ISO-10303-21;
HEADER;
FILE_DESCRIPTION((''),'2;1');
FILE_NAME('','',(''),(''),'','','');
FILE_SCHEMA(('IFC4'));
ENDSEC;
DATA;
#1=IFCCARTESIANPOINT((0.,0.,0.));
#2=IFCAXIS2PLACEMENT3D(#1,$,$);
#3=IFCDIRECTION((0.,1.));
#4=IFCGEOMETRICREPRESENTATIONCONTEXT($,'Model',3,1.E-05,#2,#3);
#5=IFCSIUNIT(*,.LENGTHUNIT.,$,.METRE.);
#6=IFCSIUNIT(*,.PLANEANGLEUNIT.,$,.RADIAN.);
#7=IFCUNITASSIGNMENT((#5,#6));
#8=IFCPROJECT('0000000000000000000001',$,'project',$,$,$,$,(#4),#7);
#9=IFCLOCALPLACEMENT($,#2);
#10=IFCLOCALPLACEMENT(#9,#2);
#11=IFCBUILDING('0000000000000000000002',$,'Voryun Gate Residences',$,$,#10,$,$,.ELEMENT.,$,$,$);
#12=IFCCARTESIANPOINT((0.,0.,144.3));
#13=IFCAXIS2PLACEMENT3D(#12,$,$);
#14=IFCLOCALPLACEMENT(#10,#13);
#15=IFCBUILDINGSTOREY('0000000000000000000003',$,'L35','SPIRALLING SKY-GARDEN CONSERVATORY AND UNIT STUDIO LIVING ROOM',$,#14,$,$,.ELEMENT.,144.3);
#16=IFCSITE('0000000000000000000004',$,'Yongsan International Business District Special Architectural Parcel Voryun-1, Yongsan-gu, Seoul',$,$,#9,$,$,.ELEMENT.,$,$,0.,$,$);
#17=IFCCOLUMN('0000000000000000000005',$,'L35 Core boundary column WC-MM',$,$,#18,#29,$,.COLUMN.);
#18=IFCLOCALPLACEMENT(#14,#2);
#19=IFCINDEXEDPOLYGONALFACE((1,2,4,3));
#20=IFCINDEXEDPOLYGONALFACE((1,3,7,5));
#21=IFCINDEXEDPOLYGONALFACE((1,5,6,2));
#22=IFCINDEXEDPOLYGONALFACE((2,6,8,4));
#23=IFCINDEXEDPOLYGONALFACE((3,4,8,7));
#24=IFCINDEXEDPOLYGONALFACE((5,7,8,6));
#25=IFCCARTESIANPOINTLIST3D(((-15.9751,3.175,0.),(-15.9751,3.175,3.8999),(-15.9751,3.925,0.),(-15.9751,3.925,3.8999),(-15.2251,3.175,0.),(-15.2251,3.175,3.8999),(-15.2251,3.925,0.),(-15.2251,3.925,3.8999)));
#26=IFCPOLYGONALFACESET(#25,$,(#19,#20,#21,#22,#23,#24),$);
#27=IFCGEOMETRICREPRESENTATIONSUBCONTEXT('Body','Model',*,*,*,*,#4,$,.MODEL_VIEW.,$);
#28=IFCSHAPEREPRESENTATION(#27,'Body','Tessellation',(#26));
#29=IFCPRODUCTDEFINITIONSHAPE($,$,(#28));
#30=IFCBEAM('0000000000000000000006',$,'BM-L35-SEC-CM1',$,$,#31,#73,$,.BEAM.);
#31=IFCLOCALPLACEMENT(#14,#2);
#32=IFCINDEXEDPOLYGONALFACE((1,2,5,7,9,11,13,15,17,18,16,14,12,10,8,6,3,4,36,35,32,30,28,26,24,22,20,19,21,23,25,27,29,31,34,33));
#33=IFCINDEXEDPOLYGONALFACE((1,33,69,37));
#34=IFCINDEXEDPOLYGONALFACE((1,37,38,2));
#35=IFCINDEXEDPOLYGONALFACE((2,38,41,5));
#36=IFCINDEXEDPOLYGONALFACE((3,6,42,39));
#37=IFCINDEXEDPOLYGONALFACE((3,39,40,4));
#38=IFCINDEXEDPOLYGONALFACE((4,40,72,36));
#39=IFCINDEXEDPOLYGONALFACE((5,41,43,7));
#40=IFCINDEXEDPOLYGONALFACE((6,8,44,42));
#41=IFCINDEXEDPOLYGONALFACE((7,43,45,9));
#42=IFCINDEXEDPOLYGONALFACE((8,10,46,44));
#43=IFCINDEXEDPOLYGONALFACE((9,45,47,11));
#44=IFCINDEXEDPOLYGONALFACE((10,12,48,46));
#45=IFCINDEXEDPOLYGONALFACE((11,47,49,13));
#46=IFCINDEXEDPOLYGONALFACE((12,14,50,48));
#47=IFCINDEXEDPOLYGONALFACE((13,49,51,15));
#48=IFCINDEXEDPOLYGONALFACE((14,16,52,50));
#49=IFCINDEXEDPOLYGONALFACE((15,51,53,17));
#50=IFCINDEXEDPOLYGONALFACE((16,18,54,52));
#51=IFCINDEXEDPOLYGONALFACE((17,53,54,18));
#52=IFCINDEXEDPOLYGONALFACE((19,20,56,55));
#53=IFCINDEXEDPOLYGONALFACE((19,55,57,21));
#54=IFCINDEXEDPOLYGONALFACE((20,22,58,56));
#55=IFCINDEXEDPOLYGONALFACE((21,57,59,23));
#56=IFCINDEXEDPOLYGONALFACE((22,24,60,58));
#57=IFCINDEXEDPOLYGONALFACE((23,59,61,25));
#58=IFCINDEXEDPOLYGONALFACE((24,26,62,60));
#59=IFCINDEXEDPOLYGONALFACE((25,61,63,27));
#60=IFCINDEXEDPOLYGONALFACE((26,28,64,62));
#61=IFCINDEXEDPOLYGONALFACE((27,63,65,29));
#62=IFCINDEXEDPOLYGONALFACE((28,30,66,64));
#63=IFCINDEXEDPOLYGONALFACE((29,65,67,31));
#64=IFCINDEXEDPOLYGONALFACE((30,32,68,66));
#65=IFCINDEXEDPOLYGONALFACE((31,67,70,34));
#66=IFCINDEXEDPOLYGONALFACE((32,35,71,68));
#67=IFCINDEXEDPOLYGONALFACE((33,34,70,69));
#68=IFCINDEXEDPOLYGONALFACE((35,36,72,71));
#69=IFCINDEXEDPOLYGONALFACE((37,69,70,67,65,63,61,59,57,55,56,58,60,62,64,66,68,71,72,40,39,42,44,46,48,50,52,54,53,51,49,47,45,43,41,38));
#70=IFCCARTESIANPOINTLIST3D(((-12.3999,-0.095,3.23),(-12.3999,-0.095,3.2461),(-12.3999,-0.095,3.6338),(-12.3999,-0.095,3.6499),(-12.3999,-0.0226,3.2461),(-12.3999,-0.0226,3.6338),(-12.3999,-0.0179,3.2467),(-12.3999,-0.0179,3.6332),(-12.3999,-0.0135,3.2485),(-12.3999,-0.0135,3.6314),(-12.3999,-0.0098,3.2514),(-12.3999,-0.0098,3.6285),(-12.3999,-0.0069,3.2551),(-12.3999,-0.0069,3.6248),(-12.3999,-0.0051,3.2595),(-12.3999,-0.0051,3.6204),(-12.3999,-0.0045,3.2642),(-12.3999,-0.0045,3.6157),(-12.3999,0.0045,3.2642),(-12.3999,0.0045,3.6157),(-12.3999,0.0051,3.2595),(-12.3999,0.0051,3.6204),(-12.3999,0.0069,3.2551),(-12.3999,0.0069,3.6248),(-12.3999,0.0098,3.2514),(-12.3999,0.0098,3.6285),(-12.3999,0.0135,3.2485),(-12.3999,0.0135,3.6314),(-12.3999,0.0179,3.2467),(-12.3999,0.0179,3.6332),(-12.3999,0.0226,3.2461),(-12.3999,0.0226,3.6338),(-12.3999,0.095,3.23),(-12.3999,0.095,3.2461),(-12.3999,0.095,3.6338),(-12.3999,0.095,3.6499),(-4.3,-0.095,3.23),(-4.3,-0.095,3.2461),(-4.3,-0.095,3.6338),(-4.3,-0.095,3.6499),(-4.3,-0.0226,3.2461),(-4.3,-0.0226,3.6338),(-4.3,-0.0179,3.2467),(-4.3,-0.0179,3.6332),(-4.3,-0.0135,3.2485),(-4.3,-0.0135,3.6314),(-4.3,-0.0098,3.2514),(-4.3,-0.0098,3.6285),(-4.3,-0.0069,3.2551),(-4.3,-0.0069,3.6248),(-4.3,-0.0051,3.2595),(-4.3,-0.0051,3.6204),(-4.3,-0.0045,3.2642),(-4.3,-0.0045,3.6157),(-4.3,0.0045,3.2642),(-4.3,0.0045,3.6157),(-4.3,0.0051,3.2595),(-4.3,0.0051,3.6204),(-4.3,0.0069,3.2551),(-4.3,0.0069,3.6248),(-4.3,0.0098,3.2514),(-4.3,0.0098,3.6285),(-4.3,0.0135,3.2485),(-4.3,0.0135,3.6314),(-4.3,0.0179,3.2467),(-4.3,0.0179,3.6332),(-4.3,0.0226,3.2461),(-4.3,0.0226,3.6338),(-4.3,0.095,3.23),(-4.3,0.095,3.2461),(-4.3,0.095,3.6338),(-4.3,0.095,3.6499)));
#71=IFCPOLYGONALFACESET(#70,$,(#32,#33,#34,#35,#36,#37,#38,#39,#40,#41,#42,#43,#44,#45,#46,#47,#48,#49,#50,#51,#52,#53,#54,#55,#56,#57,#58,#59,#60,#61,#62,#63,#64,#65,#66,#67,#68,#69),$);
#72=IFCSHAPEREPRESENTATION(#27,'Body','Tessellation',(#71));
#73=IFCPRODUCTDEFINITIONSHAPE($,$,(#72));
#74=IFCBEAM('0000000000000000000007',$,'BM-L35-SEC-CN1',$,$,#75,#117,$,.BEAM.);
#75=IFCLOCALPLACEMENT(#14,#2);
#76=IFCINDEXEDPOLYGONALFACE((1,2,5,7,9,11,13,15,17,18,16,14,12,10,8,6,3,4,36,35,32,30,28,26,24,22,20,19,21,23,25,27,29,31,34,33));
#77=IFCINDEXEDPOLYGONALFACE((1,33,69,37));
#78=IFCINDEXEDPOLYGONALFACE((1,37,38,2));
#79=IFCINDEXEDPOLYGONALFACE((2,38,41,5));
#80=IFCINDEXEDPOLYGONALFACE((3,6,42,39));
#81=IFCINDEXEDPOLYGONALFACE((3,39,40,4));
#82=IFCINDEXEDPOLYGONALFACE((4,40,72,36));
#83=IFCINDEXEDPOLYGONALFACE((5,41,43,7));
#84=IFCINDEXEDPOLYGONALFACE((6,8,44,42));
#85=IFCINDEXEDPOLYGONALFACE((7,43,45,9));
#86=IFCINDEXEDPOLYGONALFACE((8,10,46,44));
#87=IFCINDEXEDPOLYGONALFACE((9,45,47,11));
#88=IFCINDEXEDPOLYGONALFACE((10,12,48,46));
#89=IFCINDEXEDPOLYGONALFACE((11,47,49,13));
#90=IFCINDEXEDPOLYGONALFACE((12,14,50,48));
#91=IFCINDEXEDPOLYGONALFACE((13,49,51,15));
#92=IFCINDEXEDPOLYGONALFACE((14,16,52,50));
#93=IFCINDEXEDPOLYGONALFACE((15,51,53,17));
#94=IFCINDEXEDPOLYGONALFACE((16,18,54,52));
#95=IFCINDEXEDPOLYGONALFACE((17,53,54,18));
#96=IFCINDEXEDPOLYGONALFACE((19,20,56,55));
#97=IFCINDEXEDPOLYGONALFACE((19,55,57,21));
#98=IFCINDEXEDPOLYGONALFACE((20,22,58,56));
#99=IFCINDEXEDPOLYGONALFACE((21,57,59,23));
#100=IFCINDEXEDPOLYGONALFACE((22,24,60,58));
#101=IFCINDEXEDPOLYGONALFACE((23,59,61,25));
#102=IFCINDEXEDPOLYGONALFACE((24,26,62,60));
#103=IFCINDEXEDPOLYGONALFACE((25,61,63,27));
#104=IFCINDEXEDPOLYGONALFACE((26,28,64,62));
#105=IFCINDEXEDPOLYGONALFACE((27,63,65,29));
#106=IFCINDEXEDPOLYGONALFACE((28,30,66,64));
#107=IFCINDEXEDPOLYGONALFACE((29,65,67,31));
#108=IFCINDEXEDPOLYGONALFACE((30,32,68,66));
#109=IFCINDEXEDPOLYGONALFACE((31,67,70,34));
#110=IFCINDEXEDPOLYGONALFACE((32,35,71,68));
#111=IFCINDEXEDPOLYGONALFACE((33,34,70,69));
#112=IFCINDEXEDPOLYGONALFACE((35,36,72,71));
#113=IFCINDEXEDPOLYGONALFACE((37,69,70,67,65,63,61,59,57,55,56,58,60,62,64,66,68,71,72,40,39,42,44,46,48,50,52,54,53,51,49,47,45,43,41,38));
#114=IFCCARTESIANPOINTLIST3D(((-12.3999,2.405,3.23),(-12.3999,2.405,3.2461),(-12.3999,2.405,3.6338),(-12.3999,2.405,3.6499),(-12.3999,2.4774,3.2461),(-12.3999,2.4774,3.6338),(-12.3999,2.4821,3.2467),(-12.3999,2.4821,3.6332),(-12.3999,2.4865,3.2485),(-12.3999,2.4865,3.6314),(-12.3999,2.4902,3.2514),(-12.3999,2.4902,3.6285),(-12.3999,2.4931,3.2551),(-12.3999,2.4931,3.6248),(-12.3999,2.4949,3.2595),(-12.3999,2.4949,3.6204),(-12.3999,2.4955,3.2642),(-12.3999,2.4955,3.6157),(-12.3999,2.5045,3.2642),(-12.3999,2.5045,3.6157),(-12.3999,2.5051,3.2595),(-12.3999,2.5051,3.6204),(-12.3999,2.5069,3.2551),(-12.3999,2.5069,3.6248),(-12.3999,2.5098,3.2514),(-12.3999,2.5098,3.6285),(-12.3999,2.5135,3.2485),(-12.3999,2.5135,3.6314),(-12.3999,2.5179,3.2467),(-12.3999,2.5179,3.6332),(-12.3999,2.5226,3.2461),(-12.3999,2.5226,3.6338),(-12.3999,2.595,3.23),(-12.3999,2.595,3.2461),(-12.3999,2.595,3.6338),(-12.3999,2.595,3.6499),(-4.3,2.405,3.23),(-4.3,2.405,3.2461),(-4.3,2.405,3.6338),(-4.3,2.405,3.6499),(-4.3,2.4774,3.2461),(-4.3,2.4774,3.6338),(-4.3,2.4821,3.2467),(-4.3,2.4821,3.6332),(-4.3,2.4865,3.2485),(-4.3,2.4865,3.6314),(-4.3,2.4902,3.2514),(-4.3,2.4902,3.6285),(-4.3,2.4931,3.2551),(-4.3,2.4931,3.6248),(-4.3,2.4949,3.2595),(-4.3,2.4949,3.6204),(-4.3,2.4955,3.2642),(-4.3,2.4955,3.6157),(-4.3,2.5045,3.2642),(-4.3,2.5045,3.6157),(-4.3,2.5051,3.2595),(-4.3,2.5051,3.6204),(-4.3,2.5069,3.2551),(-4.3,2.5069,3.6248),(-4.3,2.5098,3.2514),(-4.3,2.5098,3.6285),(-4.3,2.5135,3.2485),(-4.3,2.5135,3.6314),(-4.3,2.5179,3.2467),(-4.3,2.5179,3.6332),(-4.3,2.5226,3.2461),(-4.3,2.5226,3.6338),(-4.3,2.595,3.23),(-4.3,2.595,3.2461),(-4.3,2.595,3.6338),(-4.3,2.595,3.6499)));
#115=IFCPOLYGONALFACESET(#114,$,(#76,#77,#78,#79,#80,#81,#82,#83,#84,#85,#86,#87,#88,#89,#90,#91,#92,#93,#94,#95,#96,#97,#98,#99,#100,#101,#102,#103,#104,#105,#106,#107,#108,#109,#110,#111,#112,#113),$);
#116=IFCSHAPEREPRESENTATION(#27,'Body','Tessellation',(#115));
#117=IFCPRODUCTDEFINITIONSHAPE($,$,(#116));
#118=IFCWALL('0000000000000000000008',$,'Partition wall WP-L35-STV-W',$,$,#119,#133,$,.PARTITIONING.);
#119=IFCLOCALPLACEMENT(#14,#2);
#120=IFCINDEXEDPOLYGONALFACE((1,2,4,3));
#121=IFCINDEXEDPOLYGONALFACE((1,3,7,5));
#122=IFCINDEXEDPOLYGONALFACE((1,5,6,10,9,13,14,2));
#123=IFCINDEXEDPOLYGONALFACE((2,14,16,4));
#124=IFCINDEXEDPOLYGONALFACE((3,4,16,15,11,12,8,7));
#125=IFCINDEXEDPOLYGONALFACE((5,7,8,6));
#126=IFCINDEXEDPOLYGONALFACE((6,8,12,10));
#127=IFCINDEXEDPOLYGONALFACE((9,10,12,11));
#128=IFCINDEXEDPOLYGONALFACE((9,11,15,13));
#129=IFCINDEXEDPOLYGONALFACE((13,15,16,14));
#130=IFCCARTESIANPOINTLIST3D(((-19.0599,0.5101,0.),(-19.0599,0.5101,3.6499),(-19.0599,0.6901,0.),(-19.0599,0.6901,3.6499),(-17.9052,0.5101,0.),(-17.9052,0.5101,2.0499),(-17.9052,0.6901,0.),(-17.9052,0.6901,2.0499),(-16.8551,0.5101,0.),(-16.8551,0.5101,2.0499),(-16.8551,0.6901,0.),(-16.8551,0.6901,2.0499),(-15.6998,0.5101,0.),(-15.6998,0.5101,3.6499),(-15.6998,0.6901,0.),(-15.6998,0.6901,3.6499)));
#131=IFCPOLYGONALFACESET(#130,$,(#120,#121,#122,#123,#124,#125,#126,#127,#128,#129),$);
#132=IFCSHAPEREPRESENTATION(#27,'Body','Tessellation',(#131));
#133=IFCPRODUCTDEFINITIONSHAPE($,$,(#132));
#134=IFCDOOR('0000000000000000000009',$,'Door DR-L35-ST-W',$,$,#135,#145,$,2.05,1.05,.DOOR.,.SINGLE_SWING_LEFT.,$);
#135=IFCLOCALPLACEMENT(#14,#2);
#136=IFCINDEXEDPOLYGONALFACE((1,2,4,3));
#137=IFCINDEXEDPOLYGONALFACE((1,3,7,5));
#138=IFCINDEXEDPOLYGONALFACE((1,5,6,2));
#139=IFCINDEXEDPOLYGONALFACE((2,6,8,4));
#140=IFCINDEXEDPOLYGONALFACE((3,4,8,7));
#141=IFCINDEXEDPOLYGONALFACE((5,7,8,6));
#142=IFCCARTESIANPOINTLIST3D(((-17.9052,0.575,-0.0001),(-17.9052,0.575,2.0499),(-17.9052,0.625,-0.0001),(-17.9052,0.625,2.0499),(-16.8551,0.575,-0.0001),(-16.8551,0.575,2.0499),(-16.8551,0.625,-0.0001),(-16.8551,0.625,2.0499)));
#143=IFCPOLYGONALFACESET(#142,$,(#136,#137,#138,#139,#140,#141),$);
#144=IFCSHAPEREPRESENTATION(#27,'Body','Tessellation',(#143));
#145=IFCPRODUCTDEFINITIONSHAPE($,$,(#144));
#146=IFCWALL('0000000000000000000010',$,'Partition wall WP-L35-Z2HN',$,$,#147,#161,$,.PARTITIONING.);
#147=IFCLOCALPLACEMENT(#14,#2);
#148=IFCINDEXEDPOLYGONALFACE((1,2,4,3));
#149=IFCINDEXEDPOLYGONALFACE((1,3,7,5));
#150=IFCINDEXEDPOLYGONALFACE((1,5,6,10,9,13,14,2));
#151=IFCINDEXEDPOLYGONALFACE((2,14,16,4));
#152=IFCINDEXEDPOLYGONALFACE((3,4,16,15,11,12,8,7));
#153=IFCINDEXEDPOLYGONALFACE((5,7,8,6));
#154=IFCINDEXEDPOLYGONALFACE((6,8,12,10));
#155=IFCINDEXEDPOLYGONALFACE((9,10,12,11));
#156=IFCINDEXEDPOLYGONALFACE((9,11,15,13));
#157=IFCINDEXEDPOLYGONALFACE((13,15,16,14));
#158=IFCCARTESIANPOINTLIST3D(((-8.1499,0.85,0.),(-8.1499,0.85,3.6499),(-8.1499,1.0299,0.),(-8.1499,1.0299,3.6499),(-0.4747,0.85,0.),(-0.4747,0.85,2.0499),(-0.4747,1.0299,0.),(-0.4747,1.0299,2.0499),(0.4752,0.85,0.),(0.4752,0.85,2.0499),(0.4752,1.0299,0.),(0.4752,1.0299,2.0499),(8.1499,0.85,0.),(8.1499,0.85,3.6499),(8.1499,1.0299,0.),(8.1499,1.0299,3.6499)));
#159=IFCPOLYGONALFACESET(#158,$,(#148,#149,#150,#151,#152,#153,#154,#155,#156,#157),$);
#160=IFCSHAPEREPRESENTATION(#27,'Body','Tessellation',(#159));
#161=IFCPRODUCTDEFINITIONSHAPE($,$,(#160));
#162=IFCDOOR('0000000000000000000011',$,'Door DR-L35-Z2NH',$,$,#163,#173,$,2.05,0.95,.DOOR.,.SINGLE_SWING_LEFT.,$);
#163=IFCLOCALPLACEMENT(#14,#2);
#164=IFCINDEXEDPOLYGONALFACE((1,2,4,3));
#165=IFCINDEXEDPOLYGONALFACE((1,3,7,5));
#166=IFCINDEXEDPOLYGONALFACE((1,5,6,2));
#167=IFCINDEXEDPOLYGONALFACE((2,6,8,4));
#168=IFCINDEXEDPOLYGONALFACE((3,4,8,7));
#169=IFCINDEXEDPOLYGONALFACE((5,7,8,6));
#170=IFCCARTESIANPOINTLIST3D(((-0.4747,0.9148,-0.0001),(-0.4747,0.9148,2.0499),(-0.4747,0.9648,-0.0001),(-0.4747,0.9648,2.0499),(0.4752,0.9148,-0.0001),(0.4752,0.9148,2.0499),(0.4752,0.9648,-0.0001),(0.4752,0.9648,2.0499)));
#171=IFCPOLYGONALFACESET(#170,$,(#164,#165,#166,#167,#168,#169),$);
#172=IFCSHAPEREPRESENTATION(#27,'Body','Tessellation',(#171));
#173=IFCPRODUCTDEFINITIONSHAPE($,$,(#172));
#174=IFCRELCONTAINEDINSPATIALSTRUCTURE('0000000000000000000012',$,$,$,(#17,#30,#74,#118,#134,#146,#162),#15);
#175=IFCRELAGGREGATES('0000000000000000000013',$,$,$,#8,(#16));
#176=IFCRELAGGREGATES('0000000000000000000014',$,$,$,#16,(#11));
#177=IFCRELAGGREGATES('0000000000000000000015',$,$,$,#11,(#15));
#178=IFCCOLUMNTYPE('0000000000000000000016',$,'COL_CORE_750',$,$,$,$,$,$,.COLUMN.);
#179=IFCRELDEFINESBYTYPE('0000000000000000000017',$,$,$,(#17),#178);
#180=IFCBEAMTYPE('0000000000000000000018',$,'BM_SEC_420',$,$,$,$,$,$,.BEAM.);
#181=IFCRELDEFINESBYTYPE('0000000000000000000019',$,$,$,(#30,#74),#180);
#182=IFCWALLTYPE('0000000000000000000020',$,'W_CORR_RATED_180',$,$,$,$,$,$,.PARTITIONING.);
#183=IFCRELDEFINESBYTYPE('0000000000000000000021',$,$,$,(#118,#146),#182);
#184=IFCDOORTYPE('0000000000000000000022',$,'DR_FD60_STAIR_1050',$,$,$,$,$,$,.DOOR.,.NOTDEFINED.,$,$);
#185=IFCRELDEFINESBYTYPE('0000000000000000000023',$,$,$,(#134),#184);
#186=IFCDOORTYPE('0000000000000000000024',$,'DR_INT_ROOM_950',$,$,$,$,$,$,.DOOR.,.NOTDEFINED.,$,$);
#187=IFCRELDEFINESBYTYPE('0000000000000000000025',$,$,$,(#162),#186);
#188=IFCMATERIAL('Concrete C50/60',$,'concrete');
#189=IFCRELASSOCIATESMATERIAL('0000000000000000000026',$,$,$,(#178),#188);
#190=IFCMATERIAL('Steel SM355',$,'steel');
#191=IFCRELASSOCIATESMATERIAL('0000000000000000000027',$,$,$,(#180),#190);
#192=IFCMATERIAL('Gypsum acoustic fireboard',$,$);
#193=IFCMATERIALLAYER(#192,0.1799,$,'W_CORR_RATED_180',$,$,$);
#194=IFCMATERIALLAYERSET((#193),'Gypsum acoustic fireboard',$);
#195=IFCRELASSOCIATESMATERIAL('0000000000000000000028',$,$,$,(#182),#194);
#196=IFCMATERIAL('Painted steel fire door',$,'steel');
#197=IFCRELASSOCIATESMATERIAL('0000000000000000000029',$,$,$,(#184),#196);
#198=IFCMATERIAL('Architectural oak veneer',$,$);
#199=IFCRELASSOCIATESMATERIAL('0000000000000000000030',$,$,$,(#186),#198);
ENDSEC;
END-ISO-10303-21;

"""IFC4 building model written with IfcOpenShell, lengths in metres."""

from ifc_helpers import new_model, si_unit, direction, frame, frame_2d, origin, origin_2d, place, context, subcontext, project, spatial, rectangle, i_section, extrude, material, layer, layer_set, material_profile, profile_set, type_object, element, fill, save


model = new_model("IFC4")

# Units and contexts
model_context = context("Model", 3, precision=1e-05, world=origin(), true_north=direction((0.0, 1.0)))
body_context = subcontext(model_context, "Body", "Model", "MODEL_VIEW")
ifc_project = project(units=[si_unit("LENGTHUNIT", "METRE"), si_unit("PLANEANGLEUNIT", "RADIAN")], contexts=[model_context])

# Site, building, storey
site_placement = place(None, origin())
site = spatial("IfcSite", under=ifc_project, at=site_placement, Name="Yongsan International Business District Special Architectural Parcel Voryun-1, Yongsan-gu, Seoul", CompositionType="ELEMENT", RefElevation=0.0)
building_placement = place(site_placement, origin())
building = spatial("IfcBuilding", under=site, at=building_placement, Name="Voryun Gate Residences", CompositionType="ELEMENT")
storey_placement = place(building_placement, frame((0.0, 0.0, 144.3)))
storey = spatial("IfcBuildingStorey", under=building, at=storey_placement, Name="L35", Description="SPIRALLING SKY-GARDEN CONSERVATORY AND UNIT STUDIO LIVING ROOM", CompositionType="ELEMENT", Elevation=144.3)

# Column
ifc_material_1 = material(Name="Concrete C50/60", Category="concrete")
ifc_material_profile_1 = material_profile(ifc_material_1, rectangle(XDim=0.75, YDim=0.75, at=origin_2d()), Name="RC-750x750")
ifc_profile_set_1 = profile_set([ifc_material_profile_1], Name="Concrete C50/60")
column_type = type_object("IfcColumnType", Name="COL_CORE_750", PredefinedType="COLUMN", material=ifc_profile_set_1)
column_placement = place(storey_placement, frame((-15.6001, 3.55, 0.0), z_axis=(0.0, 0.0, 1.0), x_axis=(1.0, 0.0, 0.0)))
element("IfcColumn", 1, at=column_placement, inside=storey, type_object=column_type, Name="L35 Core boundary column WC-MM", PredefinedType="COLUMN", context=body_context, shape_type="SweptSolid", body=[
    extrude(rectangle(XDim=0.75, YDim=0.75, at=origin_2d()), origin(), (0.0, 0.0, 1.0), 3.8999),
])

# Beams
ifc_material_2 = material(Name="Steel SM355", Category="steel")
ifc_material_profile_2 = material_profile(ifc_material_2, i_section(OverallWidth=0.1899, OverallDepth=0.4199, WebThickness=0.009, FlangeThickness=0.0161, FilletRadius=0.0181, at=origin_2d()), Name="H-420x190x9x16")
ifc_profile_set_2 = profile_set([ifc_material_profile_2], Name="Steel SM355")
beam_type = type_object("IfcBeamType", Name="BM_SEC_420", PredefinedType="BEAM", material=ifc_profile_set_2)
for number, where, z_axis, x_axis, name in (
    (2, (-12.3999, 0.0, 3.4399), (1.0, 0.0, 0.0), (0.0, 1.0, 0.0), "BM-L35-SEC-CM1"),
    (3, (-12.3999, 2.5, 3.4399), (1.0, 0.0, 0.0), (0.0, 1.0, 0.0), "BM-L35-SEC-CN1"),
):
    element("IfcBeam", number, at=place(storey_placement, frame(where, z_axis=z_axis, x_axis=x_axis)), inside=storey, type_object=beam_type, Name=name, PredefinedType="BEAM", context=body_context, shape_type="SweptSolid", body=[
        extrude(i_section(OverallWidth=0.1899, OverallDepth=0.4199, WebThickness=0.009, FlangeThickness=0.0161, FilletRadius=0.0181, at=origin_2d()), origin(), (0.0, 0.0, 1.0), 8.0999),
    ])

# Walls, openings, doors
ifc_material_3 = material(Name="Gypsum acoustic fireboard")
ifc_layer_1 = layer(ifc_material_3, 0.1799, Name="W_CORR_RATED_180")
ifc_layer_set_1 = layer_set([ifc_layer_1], Name="Gypsum acoustic fireboard")
wall_type_1 = type_object("IfcWallType", Name="W_CORR_RATED_180", PredefinedType="PARTITIONING", material=ifc_layer_set_1)
wall_1_placement = place(storey_placement, frame((-19.0601, 0.6001, 0.0), z_axis=(0.0, 0.0, 1.0), x_axis=(1.0, 0.0, 0.0)))
wall_1 = element("IfcWall", 4, at=wall_1_placement, inside=storey, type_object=wall_type_1, Name="Partition wall WP-L35-STV-W", PredefinedType="PARTITIONING", context=body_context, shape_type="SweptSolid", body=[
    extrude(rectangle(XDim=3.3601, YDim=0.1799, at=frame_2d((1.6802, 0.0))), origin(), (0.0, 0.0, 1.0), 3.6499),
])
opening_1_placement = place(wall_1_placement, frame((1.155, 0.0, 0.0)))
opening_1 = element("IfcOpeningElement", 5, at=opening_1_placement, cuts=wall_1, PredefinedType="OPENING", context=body_context, shape_type="SweptSolid", body=[
    extrude(rectangle(XDim=1.05, YDim=2.05, at=frame_2d((0.5249, 1.0249))), frame((0.0, 0.0999, 0.0), z_axis=(0.0, -1.0, 0.0), x_axis=(1.0, 0.0, 0.0)), (0.0, 0.0, 1.0), 0.2),
])
ifc_material_4 = material(Name="Painted steel fire door", Category="steel")
door_type_1 = type_object("IfcDoorType", Name="DR_FD60_STAIR_1050", OperationType="NOTDEFINED", PredefinedType="DOOR", material=ifc_material_4)
door_1_placement = place(opening_1_placement, origin())
door_1 = element("IfcDoor", 6, at=door_1_placement, inside=storey, type_object=door_type_1, Name="Door DR-L35-ST-W", OperationType="SINGLE_SWING_LEFT", OverallHeight=2.05, OverallWidth=1.05, PredefinedType="DOOR", context=body_context, shape_type="SweptSolid", body=[
    extrude(rectangle(XDim=1.05, YDim=2.05, at=frame_2d((0.5249, 1.0249))), frame((0.0, 0.0249, 0.0), z_axis=(0.0, -1.0, 0.0), x_axis=(1.0, 0.0, 0.0)), (0.0, 0.0, 1.0), 0.05),
])
fill(opening_1, door_1)
wall_2_placement = place(storey_placement, frame((-8.1499, 0.9399, 0.0), z_axis=(0.0, 0.0, 1.0), x_axis=(1.0, 0.0, 0.0)))
wall_2 = element("IfcWall", 7, at=wall_2_placement, inside=storey, type_object=wall_type_1, Name="Partition wall WP-L35-Z2HN", PredefinedType="PARTITIONING", context=body_context, shape_type="SweptSolid", body=[
    extrude(rectangle(XDim=16.2998, YDim=0.1799, at=frame_2d((8.1499, 0.0))), origin(), (0.0, 0.0, 1.0), 3.6499),
])
opening_2_placement = place(wall_2_placement, frame((7.675, 0.0, 0.0)))
opening_2 = element("IfcOpeningElement", 8, at=opening_2_placement, cuts=wall_2, PredefinedType="OPENING", context=body_context, shape_type="SweptSolid", body=[
    extrude(rectangle(XDim=0.95, YDim=2.05, at=frame_2d((0.4751, 1.0249))), frame((0.0, 0.0999, 0.0), z_axis=(0.0, -1.0, 0.0), x_axis=(1.0, 0.0, 0.0)), (0.0, 0.0, 1.0), 0.2),
])
ifc_material_5 = material(Name="Architectural oak veneer")
door_type_2 = type_object("IfcDoorType", Name="DR_INT_ROOM_950", OperationType="NOTDEFINED", PredefinedType="DOOR", material=ifc_material_5)
door_2_placement = place(opening_2_placement, origin())
door_2 = element("IfcDoor", 9, at=door_2_placement, inside=storey, type_object=door_type_2, Name="Door DR-L35-Z2NH", OperationType="SINGLE_SWING_LEFT", OverallHeight=2.05, OverallWidth=0.95, PredefinedType="DOOR", context=body_context, shape_type="SweptSolid", body=[
    extrude(rectangle(XDim=0.95, YDim=2.05, at=frame_2d((0.4751, 1.0249))), frame((0.0, 0.0249, 0.0), z_axis=(0.0, -1.0, 0.0), x_axis=(1.0, 0.0, 0.0)), (0.0, 0.0, 1.0), 0.05),
])
fill(opening_2, door_2)

save(model, "model.ifc")
